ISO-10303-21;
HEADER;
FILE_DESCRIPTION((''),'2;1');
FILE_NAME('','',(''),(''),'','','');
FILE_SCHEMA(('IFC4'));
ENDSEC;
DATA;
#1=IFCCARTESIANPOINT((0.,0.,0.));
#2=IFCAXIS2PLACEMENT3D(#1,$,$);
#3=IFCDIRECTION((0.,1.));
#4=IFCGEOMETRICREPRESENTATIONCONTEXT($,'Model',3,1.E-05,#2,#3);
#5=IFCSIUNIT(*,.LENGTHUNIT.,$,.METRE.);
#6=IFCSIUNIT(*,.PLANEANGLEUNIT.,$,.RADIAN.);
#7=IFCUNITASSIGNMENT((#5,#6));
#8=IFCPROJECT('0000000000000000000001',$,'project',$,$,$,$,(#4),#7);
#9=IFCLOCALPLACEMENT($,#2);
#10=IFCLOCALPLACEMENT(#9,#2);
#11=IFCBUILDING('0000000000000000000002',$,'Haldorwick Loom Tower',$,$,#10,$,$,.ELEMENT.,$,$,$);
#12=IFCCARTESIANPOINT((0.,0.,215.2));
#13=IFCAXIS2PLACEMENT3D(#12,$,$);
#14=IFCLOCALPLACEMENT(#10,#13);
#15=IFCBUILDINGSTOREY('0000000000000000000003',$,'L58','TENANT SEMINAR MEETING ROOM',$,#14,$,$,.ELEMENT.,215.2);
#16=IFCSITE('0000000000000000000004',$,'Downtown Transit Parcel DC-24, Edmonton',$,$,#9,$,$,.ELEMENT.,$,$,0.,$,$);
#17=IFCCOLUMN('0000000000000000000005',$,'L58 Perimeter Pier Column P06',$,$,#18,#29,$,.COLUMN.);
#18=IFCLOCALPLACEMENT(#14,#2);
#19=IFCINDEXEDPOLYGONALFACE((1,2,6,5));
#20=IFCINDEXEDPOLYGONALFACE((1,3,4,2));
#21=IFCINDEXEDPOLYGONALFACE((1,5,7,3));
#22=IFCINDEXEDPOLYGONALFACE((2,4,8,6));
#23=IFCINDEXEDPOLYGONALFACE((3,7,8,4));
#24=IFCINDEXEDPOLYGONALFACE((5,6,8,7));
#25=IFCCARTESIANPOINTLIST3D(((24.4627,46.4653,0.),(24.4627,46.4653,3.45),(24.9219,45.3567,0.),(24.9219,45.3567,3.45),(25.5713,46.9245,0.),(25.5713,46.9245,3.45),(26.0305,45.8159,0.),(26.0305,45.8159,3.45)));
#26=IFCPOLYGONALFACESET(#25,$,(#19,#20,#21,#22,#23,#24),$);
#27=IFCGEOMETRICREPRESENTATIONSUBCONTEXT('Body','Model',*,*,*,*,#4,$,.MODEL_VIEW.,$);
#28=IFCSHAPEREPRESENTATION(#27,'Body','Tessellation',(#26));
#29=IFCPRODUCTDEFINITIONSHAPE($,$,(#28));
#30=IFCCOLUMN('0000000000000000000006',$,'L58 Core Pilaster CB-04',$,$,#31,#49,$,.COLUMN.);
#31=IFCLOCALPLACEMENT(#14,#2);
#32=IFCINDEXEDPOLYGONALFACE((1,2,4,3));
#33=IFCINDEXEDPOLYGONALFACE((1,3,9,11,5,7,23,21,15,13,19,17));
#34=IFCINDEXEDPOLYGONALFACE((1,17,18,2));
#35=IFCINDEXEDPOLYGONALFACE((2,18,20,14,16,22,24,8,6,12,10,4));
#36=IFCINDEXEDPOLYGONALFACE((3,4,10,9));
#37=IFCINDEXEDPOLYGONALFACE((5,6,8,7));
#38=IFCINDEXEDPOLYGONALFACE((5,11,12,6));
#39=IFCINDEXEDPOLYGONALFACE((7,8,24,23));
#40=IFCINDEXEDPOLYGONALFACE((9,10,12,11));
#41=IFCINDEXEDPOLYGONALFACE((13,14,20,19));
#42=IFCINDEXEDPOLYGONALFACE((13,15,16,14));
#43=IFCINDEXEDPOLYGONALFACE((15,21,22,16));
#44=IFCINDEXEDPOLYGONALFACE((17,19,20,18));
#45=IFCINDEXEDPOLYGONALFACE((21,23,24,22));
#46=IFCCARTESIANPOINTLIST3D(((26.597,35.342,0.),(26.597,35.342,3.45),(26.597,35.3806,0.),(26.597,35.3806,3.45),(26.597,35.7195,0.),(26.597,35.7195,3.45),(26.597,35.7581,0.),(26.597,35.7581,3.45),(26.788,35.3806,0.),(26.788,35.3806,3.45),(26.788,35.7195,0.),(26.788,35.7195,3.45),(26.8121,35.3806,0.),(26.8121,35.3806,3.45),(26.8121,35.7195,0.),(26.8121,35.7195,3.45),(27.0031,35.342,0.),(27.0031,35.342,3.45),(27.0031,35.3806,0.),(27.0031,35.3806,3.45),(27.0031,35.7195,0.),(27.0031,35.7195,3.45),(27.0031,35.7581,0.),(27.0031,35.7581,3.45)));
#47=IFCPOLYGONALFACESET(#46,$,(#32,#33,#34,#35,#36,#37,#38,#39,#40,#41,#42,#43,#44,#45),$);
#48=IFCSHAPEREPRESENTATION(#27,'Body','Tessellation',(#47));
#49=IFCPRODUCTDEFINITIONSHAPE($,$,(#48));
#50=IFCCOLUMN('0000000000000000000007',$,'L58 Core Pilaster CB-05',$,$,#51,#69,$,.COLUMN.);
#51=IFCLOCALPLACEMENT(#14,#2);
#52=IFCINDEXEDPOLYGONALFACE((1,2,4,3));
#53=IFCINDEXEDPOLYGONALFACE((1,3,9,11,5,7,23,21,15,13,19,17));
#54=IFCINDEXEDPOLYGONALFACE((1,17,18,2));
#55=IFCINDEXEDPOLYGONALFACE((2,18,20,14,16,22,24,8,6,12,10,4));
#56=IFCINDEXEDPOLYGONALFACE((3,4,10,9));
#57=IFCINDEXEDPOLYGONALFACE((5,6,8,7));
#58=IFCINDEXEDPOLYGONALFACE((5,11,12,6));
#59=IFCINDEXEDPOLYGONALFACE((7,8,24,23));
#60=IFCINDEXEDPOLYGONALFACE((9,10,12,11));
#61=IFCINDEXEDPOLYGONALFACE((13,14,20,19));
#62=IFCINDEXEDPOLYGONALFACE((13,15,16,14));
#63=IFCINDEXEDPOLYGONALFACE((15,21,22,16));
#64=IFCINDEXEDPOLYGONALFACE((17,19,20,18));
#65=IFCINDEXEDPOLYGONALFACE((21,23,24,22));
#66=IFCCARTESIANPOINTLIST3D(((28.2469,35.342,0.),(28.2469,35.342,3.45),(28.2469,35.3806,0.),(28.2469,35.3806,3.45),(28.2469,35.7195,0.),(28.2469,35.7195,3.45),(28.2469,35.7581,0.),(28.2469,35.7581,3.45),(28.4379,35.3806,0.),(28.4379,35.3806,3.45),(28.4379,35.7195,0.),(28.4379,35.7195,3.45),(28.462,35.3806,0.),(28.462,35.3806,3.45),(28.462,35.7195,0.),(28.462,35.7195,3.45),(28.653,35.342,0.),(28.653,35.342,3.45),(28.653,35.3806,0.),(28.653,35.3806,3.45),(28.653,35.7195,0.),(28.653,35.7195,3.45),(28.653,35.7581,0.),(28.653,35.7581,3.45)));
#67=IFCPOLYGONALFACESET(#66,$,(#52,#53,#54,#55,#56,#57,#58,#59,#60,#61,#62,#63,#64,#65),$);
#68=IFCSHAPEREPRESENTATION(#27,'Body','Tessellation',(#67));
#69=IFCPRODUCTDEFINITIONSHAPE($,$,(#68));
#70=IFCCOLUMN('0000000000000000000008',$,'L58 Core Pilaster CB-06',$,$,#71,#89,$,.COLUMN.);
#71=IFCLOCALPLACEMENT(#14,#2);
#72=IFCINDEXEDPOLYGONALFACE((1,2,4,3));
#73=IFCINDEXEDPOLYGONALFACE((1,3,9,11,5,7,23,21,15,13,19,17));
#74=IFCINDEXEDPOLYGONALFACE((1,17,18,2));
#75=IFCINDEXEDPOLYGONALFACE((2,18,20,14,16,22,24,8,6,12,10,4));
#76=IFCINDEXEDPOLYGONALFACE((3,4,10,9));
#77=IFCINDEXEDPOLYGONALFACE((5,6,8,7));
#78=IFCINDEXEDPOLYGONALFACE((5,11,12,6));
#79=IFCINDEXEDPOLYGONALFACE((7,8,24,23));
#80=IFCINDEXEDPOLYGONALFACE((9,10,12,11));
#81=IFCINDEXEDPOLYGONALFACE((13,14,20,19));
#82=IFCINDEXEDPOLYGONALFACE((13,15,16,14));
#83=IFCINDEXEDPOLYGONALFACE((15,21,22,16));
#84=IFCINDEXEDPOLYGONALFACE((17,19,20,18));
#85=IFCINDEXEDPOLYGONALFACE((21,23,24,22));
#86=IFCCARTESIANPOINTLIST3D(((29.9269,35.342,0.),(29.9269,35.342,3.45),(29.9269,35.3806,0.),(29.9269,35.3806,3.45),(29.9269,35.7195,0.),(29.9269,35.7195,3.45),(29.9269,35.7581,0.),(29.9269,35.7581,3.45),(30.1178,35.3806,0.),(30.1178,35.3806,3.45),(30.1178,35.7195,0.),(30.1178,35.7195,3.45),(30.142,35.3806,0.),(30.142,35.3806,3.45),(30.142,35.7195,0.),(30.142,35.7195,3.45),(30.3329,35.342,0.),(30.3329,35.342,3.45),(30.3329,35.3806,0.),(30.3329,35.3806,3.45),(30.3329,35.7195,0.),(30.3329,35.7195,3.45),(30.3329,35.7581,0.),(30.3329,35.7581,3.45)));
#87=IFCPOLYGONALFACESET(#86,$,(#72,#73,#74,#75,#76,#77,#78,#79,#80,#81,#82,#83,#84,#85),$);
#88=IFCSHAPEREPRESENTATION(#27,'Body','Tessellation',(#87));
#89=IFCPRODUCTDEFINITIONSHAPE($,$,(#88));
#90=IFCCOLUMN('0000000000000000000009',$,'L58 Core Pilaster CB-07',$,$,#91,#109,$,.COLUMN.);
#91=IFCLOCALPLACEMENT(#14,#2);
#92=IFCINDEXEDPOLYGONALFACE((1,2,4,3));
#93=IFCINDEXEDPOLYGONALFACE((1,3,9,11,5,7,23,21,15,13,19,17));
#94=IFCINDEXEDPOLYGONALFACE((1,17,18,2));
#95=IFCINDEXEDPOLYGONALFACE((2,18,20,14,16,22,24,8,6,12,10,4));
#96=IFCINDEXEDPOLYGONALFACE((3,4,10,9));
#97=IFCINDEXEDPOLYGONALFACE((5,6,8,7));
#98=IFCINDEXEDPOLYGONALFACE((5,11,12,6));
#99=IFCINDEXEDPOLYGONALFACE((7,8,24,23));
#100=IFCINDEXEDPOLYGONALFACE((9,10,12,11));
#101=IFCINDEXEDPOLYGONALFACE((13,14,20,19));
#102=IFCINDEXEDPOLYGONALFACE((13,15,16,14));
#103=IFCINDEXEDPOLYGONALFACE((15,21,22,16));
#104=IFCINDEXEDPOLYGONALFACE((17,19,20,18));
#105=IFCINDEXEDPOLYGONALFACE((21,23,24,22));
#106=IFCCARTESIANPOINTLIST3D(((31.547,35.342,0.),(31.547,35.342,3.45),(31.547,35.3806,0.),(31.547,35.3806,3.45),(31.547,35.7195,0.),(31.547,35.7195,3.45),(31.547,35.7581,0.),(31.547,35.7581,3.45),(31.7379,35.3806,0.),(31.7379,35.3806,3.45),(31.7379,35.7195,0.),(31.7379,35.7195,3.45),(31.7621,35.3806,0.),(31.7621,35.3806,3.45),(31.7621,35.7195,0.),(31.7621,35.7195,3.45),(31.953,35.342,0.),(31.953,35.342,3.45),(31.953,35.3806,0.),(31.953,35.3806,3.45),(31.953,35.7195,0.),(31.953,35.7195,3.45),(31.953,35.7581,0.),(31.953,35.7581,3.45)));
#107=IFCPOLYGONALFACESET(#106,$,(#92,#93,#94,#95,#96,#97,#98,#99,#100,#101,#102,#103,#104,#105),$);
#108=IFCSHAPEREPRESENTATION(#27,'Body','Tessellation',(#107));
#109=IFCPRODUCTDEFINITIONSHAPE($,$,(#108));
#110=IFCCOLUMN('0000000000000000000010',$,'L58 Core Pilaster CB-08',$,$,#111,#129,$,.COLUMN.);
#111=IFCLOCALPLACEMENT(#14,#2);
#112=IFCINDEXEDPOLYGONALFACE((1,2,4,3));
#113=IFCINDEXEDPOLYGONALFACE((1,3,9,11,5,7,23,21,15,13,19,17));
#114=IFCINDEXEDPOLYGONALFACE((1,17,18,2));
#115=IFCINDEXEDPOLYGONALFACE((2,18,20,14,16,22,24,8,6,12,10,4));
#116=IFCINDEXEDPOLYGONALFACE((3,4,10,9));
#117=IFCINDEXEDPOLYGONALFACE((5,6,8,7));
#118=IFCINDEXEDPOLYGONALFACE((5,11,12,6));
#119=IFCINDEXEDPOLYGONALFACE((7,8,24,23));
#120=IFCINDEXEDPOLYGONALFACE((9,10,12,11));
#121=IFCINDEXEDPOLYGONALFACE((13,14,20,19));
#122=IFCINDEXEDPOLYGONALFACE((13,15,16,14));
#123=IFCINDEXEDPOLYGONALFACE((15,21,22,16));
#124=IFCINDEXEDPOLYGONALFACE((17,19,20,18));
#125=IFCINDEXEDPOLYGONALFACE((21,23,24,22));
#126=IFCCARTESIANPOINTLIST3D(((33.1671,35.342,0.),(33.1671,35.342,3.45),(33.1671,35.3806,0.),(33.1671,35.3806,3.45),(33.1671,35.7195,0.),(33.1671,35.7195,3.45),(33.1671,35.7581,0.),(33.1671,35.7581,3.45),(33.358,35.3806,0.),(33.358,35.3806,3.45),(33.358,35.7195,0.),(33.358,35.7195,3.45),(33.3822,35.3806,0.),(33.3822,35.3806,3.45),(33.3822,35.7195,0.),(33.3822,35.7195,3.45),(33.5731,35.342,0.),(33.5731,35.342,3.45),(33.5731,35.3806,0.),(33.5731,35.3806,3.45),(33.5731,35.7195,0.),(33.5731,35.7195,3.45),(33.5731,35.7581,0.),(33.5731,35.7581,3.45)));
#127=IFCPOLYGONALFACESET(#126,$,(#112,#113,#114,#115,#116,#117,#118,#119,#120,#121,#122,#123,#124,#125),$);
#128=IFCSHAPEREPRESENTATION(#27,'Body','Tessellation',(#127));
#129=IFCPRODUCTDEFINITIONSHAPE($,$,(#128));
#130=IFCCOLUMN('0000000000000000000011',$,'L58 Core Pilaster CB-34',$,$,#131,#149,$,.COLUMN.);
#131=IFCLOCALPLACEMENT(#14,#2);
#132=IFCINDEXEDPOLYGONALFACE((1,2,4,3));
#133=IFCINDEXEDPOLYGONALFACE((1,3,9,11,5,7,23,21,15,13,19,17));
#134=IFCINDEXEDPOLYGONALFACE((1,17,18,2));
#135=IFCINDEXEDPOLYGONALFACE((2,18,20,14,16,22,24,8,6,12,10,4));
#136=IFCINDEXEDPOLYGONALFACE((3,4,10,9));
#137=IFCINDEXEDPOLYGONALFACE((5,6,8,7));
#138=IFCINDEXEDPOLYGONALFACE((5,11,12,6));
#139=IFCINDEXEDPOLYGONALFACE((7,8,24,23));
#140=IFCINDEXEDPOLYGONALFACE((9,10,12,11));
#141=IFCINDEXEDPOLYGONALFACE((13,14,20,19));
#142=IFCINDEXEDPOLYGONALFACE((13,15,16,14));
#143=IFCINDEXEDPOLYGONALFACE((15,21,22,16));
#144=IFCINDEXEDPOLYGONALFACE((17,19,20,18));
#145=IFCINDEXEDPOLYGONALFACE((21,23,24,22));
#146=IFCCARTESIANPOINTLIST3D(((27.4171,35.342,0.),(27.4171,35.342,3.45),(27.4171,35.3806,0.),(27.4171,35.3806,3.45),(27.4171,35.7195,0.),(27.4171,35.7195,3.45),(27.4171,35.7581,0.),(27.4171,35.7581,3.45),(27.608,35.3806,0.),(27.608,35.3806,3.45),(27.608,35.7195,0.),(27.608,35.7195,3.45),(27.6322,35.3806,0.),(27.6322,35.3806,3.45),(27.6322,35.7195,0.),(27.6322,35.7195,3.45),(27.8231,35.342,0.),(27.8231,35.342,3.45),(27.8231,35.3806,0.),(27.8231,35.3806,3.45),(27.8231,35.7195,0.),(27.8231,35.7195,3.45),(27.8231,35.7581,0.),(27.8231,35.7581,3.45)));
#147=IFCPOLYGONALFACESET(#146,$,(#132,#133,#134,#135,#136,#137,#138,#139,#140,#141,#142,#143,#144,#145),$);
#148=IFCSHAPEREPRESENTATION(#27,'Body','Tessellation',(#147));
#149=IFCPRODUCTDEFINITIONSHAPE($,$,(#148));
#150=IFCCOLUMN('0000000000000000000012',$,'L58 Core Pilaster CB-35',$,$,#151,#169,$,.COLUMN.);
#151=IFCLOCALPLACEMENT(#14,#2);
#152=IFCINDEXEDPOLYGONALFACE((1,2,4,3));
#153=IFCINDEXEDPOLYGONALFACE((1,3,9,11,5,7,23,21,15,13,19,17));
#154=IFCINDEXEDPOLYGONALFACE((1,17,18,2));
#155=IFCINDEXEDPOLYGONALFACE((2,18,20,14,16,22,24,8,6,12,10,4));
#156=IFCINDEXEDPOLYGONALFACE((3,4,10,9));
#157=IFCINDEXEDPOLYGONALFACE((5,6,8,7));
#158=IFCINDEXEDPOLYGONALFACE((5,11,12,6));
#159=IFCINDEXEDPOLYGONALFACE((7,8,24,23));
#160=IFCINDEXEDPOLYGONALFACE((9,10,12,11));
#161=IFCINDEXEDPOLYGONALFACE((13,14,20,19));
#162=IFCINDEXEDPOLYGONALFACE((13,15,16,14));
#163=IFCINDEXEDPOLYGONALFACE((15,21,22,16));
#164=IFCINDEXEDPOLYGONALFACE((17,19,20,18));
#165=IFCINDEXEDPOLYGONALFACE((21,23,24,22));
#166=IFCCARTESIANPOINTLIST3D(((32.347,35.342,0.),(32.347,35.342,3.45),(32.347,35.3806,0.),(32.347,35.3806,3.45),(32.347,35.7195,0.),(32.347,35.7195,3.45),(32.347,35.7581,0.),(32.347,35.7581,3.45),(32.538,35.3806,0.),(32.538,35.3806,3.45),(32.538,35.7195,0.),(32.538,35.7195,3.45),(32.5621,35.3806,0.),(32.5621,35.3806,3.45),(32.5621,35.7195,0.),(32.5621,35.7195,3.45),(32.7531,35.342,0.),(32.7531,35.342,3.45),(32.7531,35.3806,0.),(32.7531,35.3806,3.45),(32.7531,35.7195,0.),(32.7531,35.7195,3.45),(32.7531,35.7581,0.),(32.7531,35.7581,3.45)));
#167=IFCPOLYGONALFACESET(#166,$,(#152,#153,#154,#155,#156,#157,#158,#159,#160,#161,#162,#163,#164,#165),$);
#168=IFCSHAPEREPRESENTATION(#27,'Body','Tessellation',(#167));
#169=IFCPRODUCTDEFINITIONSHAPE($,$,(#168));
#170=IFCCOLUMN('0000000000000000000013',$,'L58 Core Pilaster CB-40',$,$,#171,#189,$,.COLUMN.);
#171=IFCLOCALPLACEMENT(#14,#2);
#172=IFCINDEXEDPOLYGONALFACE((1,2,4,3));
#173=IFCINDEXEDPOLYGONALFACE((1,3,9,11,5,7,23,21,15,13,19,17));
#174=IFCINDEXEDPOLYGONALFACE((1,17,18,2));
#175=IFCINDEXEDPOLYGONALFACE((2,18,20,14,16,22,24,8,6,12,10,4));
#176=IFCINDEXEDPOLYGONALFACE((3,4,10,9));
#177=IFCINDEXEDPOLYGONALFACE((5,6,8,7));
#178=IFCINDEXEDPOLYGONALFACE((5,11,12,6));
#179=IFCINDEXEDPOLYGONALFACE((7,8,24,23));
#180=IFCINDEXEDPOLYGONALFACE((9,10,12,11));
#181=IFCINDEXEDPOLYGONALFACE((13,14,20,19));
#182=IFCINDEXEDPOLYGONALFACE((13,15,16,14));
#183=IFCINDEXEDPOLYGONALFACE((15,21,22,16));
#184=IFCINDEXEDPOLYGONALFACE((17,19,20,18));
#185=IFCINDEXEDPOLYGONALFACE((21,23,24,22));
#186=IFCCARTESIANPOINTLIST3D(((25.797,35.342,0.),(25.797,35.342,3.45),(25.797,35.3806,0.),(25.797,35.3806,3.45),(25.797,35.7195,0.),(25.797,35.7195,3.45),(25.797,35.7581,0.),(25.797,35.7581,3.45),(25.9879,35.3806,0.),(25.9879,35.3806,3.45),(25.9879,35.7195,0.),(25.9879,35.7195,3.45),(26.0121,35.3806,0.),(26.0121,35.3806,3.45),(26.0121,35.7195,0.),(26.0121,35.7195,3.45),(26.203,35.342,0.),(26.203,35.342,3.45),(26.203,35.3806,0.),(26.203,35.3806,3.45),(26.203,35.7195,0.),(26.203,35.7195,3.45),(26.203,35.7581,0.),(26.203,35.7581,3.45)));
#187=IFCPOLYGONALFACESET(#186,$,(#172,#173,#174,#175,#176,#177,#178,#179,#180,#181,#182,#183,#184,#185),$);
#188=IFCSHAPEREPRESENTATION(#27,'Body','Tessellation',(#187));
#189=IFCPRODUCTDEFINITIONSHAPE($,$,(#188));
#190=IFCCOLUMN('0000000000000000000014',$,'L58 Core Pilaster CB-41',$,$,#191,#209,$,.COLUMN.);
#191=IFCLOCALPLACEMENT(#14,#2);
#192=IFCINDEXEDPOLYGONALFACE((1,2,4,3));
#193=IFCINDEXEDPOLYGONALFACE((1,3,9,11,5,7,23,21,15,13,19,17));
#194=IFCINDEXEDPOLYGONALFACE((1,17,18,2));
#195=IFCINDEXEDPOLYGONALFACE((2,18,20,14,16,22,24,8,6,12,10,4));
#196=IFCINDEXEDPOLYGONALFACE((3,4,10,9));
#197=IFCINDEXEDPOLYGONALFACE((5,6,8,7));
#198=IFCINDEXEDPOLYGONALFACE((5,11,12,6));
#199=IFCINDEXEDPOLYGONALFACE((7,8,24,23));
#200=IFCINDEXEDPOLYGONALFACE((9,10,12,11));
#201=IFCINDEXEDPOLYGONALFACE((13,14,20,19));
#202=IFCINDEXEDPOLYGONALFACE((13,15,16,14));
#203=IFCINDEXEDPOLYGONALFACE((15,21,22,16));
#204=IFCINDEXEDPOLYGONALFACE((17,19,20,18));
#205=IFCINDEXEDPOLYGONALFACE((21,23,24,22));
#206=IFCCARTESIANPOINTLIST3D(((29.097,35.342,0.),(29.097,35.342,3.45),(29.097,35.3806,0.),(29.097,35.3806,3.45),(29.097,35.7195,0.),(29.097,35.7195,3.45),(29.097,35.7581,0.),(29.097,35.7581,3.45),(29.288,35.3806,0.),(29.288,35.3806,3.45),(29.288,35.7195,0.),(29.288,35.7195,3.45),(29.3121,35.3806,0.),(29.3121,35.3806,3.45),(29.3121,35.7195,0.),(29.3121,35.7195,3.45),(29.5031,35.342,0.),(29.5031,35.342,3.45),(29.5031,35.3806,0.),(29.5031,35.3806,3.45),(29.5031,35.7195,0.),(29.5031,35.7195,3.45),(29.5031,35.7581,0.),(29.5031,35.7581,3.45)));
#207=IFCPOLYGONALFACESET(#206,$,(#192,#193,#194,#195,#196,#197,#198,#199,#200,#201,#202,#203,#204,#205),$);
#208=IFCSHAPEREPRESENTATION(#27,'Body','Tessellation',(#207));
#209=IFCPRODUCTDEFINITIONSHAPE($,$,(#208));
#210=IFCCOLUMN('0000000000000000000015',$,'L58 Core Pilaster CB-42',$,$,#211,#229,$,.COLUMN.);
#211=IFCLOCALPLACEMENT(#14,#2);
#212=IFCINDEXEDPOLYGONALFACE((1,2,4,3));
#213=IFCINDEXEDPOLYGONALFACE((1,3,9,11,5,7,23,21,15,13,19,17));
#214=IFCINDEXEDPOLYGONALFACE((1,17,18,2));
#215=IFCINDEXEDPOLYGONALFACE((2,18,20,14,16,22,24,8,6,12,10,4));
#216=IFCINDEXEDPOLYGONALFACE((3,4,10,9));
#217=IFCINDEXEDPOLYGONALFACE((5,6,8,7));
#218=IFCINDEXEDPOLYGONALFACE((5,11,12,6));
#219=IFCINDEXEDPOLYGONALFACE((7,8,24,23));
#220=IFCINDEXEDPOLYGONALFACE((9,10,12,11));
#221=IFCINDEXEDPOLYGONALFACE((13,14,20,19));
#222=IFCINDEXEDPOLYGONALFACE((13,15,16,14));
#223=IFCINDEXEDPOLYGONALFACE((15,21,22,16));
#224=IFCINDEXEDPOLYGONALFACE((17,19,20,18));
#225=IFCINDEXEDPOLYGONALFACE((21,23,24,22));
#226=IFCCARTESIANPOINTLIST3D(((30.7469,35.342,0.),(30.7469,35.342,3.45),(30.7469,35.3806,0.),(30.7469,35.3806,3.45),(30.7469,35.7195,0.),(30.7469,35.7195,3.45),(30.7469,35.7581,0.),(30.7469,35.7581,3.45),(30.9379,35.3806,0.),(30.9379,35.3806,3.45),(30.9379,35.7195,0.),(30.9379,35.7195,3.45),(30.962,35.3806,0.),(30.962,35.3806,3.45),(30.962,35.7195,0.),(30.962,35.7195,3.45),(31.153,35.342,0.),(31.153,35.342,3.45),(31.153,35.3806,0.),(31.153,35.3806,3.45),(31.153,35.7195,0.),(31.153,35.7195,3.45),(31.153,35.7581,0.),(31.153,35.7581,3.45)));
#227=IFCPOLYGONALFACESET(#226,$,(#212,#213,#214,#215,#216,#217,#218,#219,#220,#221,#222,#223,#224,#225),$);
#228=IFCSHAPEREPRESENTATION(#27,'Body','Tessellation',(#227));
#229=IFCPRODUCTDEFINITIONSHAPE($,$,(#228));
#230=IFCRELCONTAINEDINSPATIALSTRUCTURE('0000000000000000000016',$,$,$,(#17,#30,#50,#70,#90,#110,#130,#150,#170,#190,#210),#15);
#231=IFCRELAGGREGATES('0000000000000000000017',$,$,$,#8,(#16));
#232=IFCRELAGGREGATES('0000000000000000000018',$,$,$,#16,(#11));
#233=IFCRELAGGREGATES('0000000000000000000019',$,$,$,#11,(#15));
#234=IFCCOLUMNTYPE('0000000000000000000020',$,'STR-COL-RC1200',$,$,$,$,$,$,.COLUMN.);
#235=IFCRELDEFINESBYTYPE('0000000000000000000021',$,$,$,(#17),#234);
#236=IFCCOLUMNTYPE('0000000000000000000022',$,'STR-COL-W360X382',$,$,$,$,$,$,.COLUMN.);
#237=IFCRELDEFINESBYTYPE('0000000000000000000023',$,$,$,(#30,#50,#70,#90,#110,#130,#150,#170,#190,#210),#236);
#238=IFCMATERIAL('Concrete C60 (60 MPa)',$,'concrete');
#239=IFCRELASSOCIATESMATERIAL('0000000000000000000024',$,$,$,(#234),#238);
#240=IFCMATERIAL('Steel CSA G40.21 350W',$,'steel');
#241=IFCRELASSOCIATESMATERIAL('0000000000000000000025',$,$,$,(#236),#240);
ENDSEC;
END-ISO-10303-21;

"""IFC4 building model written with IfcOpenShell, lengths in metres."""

from ifc_helpers import new_model, si_unit, direction, frame, origin, origin_2d, place, context, subcontext, project, spatial, rectangle, i_section, extrude, material, material_profile, profile_set, type_object, element, save


model = new_model("IFC4")

# Units and contexts
model_context = context("Model", 3, precision=1e-05, world=origin(), true_north=direction((0.0, 1.0)))
body_context = subcontext(model_context, "Body", "Model", "MODEL_VIEW")
ifc_project = project(units=[si_unit("LENGTHUNIT", "METRE"), si_unit("PLANEANGLEUNIT", "RADIAN")], contexts=[model_context])

# Site, building, storey
site_placement = place(None, origin())
site = spatial("IfcSite", under=ifc_project, at=site_placement, Name="Downtown Transit Parcel DC-24, Edmonton", CompositionType="ELEMENT", RefElevation=0.0)
building_placement = place(site_placement, origin())
building = spatial("IfcBuilding", under=site, at=building_placement, Name="Haldorwick Loom Tower", CompositionType="ELEMENT")
storey_placement = place(building_placement, frame((0.0, 0.0, 215.2)))
storey = spatial("IfcBuildingStorey", under=building, at=storey_placement, Name="L58", Description="TENANT SEMINAR MEETING ROOM", CompositionType="ELEMENT", Elevation=215.2)

# Columns
ifc_material_1 = material(Name="Concrete C60 (60 MPa)", Category="concrete")
ifc_material_profile_1 = material_profile(ifc_material_1, rectangle(XDim=1.2, YDim=1.2, at=origin_2d()), Name="RC1200X1200", Category="concrete")
ifc_profile_set_1 = profile_set([ifc_material_profile_1], Name="Concrete C60 (60 MPa)")
column_type_1 = type_object("IfcColumnType", Name="STR-COL-RC1200", PredefinedType="COLUMN", material=ifc_profile_set_1)
column_placement = place(storey_placement, frame((25.2466, 46.1406, 0.0), z_axis=(0.0, 0.0, 1.0), x_axis=(-0.382683, 0.92388, 0.0)))
element("IfcColumn", 1, at=column_placement, inside=storey, type_object=column_type_1, Name="L58 Perimeter Pier Column P06", PredefinedType="COLUMN", context=body_context, shape_type="SweptSolid", body=[
    extrude(rectangle(XDim=1.2, YDim=1.2, at=origin_2d()), origin(), (0.0, 0.0, 1.0), 3.45),
])
ifc_material_2 = material(Name="Steel CSA G40.21 350W", Category="steel")
ifc_material_profile_2 = material_profile(ifc_material_2, i_section(OverallWidth=0.406, OverallDepth=0.416, WebThickness=0.0242, FlangeThickness=0.0386, at=origin_2d()), Name="W360X382", Category="steel")
ifc_profile_set_2 = profile_set([ifc_material_profile_2], Name="Steel CSA G40.21 350W")
column_type_2 = type_object("IfcColumnType", Name="STR-COL-W360X382", PredefinedType="COLUMN", material=ifc_profile_set_2)
for number, where, z_axis, x_axis, name in (
    (2, (26.8, 35.55, 0.0), (0.0, 0.0, 1.0), (1.0, 0.0, 0.0), "L58 Core Pilaster CB-04"),
    (3, (28.45, 35.55, 0.0), (0.0, 0.0, 1.0), (1.0, 0.0, 0.0), "L58 Core Pilaster CB-05"),
    (4, (30.1299, 35.55, 0.0), (0.0, 0.0, 1.0), (1.0, 0.0, 0.0), "L58 Core Pilaster CB-06"),
    (5, (31.75, 35.55, 0.0), (0.0, 0.0, 1.0), (1.0, 0.0, 0.0), "L58 Core Pilaster CB-07"),
    (6, (33.3701, 35.55, 0.0), (0.0, 0.0, 1.0), (1.0, 0.0, 0.0), "L58 Core Pilaster CB-08"),
    (7, (27.6201, 35.55, 0.0), (0.0, 0.0, 1.0), (1.0, 0.0, 0.0), "L58 Core Pilaster CB-34"),
    (8, (32.55, 35.55, 0.0), (0.0, 0.0, 1.0), (1.0, 0.0, 0.0), "L58 Core Pilaster CB-35"),
    (9, (26.0, 35.55, 0.0), (0.0, 0.0, 1.0), (1.0, 0.0, 0.0), "L58 Core Pilaster CB-40"),
    (10, (29.3, 35.55, 0.0), (0.0, 0.0, 1.0), (1.0, 0.0, 0.0), "L58 Core Pilaster CB-41"),
    (11, (30.95, 35.55, 0.0), (0.0, 0.0, 1.0), (1.0, 0.0, 0.0), "L58 Core Pilaster CB-42"),
):
    element("IfcColumn", number, at=place(storey_placement, frame(where, z_axis=z_axis, x_axis=x_axis)), inside=storey, type_object=column_type_2, Name=name, PredefinedType="COLUMN", context=body_context, shape_type="SweptSolid", body=[
        extrude(i_section(OverallWidth=0.406, OverallDepth=0.416, WebThickness=0.0242, FlangeThickness=0.0386, at=origin_2d()), origin(), (0.0, 0.0, 1.0), 3.45),
    ])

save(model, "model.ifc")
